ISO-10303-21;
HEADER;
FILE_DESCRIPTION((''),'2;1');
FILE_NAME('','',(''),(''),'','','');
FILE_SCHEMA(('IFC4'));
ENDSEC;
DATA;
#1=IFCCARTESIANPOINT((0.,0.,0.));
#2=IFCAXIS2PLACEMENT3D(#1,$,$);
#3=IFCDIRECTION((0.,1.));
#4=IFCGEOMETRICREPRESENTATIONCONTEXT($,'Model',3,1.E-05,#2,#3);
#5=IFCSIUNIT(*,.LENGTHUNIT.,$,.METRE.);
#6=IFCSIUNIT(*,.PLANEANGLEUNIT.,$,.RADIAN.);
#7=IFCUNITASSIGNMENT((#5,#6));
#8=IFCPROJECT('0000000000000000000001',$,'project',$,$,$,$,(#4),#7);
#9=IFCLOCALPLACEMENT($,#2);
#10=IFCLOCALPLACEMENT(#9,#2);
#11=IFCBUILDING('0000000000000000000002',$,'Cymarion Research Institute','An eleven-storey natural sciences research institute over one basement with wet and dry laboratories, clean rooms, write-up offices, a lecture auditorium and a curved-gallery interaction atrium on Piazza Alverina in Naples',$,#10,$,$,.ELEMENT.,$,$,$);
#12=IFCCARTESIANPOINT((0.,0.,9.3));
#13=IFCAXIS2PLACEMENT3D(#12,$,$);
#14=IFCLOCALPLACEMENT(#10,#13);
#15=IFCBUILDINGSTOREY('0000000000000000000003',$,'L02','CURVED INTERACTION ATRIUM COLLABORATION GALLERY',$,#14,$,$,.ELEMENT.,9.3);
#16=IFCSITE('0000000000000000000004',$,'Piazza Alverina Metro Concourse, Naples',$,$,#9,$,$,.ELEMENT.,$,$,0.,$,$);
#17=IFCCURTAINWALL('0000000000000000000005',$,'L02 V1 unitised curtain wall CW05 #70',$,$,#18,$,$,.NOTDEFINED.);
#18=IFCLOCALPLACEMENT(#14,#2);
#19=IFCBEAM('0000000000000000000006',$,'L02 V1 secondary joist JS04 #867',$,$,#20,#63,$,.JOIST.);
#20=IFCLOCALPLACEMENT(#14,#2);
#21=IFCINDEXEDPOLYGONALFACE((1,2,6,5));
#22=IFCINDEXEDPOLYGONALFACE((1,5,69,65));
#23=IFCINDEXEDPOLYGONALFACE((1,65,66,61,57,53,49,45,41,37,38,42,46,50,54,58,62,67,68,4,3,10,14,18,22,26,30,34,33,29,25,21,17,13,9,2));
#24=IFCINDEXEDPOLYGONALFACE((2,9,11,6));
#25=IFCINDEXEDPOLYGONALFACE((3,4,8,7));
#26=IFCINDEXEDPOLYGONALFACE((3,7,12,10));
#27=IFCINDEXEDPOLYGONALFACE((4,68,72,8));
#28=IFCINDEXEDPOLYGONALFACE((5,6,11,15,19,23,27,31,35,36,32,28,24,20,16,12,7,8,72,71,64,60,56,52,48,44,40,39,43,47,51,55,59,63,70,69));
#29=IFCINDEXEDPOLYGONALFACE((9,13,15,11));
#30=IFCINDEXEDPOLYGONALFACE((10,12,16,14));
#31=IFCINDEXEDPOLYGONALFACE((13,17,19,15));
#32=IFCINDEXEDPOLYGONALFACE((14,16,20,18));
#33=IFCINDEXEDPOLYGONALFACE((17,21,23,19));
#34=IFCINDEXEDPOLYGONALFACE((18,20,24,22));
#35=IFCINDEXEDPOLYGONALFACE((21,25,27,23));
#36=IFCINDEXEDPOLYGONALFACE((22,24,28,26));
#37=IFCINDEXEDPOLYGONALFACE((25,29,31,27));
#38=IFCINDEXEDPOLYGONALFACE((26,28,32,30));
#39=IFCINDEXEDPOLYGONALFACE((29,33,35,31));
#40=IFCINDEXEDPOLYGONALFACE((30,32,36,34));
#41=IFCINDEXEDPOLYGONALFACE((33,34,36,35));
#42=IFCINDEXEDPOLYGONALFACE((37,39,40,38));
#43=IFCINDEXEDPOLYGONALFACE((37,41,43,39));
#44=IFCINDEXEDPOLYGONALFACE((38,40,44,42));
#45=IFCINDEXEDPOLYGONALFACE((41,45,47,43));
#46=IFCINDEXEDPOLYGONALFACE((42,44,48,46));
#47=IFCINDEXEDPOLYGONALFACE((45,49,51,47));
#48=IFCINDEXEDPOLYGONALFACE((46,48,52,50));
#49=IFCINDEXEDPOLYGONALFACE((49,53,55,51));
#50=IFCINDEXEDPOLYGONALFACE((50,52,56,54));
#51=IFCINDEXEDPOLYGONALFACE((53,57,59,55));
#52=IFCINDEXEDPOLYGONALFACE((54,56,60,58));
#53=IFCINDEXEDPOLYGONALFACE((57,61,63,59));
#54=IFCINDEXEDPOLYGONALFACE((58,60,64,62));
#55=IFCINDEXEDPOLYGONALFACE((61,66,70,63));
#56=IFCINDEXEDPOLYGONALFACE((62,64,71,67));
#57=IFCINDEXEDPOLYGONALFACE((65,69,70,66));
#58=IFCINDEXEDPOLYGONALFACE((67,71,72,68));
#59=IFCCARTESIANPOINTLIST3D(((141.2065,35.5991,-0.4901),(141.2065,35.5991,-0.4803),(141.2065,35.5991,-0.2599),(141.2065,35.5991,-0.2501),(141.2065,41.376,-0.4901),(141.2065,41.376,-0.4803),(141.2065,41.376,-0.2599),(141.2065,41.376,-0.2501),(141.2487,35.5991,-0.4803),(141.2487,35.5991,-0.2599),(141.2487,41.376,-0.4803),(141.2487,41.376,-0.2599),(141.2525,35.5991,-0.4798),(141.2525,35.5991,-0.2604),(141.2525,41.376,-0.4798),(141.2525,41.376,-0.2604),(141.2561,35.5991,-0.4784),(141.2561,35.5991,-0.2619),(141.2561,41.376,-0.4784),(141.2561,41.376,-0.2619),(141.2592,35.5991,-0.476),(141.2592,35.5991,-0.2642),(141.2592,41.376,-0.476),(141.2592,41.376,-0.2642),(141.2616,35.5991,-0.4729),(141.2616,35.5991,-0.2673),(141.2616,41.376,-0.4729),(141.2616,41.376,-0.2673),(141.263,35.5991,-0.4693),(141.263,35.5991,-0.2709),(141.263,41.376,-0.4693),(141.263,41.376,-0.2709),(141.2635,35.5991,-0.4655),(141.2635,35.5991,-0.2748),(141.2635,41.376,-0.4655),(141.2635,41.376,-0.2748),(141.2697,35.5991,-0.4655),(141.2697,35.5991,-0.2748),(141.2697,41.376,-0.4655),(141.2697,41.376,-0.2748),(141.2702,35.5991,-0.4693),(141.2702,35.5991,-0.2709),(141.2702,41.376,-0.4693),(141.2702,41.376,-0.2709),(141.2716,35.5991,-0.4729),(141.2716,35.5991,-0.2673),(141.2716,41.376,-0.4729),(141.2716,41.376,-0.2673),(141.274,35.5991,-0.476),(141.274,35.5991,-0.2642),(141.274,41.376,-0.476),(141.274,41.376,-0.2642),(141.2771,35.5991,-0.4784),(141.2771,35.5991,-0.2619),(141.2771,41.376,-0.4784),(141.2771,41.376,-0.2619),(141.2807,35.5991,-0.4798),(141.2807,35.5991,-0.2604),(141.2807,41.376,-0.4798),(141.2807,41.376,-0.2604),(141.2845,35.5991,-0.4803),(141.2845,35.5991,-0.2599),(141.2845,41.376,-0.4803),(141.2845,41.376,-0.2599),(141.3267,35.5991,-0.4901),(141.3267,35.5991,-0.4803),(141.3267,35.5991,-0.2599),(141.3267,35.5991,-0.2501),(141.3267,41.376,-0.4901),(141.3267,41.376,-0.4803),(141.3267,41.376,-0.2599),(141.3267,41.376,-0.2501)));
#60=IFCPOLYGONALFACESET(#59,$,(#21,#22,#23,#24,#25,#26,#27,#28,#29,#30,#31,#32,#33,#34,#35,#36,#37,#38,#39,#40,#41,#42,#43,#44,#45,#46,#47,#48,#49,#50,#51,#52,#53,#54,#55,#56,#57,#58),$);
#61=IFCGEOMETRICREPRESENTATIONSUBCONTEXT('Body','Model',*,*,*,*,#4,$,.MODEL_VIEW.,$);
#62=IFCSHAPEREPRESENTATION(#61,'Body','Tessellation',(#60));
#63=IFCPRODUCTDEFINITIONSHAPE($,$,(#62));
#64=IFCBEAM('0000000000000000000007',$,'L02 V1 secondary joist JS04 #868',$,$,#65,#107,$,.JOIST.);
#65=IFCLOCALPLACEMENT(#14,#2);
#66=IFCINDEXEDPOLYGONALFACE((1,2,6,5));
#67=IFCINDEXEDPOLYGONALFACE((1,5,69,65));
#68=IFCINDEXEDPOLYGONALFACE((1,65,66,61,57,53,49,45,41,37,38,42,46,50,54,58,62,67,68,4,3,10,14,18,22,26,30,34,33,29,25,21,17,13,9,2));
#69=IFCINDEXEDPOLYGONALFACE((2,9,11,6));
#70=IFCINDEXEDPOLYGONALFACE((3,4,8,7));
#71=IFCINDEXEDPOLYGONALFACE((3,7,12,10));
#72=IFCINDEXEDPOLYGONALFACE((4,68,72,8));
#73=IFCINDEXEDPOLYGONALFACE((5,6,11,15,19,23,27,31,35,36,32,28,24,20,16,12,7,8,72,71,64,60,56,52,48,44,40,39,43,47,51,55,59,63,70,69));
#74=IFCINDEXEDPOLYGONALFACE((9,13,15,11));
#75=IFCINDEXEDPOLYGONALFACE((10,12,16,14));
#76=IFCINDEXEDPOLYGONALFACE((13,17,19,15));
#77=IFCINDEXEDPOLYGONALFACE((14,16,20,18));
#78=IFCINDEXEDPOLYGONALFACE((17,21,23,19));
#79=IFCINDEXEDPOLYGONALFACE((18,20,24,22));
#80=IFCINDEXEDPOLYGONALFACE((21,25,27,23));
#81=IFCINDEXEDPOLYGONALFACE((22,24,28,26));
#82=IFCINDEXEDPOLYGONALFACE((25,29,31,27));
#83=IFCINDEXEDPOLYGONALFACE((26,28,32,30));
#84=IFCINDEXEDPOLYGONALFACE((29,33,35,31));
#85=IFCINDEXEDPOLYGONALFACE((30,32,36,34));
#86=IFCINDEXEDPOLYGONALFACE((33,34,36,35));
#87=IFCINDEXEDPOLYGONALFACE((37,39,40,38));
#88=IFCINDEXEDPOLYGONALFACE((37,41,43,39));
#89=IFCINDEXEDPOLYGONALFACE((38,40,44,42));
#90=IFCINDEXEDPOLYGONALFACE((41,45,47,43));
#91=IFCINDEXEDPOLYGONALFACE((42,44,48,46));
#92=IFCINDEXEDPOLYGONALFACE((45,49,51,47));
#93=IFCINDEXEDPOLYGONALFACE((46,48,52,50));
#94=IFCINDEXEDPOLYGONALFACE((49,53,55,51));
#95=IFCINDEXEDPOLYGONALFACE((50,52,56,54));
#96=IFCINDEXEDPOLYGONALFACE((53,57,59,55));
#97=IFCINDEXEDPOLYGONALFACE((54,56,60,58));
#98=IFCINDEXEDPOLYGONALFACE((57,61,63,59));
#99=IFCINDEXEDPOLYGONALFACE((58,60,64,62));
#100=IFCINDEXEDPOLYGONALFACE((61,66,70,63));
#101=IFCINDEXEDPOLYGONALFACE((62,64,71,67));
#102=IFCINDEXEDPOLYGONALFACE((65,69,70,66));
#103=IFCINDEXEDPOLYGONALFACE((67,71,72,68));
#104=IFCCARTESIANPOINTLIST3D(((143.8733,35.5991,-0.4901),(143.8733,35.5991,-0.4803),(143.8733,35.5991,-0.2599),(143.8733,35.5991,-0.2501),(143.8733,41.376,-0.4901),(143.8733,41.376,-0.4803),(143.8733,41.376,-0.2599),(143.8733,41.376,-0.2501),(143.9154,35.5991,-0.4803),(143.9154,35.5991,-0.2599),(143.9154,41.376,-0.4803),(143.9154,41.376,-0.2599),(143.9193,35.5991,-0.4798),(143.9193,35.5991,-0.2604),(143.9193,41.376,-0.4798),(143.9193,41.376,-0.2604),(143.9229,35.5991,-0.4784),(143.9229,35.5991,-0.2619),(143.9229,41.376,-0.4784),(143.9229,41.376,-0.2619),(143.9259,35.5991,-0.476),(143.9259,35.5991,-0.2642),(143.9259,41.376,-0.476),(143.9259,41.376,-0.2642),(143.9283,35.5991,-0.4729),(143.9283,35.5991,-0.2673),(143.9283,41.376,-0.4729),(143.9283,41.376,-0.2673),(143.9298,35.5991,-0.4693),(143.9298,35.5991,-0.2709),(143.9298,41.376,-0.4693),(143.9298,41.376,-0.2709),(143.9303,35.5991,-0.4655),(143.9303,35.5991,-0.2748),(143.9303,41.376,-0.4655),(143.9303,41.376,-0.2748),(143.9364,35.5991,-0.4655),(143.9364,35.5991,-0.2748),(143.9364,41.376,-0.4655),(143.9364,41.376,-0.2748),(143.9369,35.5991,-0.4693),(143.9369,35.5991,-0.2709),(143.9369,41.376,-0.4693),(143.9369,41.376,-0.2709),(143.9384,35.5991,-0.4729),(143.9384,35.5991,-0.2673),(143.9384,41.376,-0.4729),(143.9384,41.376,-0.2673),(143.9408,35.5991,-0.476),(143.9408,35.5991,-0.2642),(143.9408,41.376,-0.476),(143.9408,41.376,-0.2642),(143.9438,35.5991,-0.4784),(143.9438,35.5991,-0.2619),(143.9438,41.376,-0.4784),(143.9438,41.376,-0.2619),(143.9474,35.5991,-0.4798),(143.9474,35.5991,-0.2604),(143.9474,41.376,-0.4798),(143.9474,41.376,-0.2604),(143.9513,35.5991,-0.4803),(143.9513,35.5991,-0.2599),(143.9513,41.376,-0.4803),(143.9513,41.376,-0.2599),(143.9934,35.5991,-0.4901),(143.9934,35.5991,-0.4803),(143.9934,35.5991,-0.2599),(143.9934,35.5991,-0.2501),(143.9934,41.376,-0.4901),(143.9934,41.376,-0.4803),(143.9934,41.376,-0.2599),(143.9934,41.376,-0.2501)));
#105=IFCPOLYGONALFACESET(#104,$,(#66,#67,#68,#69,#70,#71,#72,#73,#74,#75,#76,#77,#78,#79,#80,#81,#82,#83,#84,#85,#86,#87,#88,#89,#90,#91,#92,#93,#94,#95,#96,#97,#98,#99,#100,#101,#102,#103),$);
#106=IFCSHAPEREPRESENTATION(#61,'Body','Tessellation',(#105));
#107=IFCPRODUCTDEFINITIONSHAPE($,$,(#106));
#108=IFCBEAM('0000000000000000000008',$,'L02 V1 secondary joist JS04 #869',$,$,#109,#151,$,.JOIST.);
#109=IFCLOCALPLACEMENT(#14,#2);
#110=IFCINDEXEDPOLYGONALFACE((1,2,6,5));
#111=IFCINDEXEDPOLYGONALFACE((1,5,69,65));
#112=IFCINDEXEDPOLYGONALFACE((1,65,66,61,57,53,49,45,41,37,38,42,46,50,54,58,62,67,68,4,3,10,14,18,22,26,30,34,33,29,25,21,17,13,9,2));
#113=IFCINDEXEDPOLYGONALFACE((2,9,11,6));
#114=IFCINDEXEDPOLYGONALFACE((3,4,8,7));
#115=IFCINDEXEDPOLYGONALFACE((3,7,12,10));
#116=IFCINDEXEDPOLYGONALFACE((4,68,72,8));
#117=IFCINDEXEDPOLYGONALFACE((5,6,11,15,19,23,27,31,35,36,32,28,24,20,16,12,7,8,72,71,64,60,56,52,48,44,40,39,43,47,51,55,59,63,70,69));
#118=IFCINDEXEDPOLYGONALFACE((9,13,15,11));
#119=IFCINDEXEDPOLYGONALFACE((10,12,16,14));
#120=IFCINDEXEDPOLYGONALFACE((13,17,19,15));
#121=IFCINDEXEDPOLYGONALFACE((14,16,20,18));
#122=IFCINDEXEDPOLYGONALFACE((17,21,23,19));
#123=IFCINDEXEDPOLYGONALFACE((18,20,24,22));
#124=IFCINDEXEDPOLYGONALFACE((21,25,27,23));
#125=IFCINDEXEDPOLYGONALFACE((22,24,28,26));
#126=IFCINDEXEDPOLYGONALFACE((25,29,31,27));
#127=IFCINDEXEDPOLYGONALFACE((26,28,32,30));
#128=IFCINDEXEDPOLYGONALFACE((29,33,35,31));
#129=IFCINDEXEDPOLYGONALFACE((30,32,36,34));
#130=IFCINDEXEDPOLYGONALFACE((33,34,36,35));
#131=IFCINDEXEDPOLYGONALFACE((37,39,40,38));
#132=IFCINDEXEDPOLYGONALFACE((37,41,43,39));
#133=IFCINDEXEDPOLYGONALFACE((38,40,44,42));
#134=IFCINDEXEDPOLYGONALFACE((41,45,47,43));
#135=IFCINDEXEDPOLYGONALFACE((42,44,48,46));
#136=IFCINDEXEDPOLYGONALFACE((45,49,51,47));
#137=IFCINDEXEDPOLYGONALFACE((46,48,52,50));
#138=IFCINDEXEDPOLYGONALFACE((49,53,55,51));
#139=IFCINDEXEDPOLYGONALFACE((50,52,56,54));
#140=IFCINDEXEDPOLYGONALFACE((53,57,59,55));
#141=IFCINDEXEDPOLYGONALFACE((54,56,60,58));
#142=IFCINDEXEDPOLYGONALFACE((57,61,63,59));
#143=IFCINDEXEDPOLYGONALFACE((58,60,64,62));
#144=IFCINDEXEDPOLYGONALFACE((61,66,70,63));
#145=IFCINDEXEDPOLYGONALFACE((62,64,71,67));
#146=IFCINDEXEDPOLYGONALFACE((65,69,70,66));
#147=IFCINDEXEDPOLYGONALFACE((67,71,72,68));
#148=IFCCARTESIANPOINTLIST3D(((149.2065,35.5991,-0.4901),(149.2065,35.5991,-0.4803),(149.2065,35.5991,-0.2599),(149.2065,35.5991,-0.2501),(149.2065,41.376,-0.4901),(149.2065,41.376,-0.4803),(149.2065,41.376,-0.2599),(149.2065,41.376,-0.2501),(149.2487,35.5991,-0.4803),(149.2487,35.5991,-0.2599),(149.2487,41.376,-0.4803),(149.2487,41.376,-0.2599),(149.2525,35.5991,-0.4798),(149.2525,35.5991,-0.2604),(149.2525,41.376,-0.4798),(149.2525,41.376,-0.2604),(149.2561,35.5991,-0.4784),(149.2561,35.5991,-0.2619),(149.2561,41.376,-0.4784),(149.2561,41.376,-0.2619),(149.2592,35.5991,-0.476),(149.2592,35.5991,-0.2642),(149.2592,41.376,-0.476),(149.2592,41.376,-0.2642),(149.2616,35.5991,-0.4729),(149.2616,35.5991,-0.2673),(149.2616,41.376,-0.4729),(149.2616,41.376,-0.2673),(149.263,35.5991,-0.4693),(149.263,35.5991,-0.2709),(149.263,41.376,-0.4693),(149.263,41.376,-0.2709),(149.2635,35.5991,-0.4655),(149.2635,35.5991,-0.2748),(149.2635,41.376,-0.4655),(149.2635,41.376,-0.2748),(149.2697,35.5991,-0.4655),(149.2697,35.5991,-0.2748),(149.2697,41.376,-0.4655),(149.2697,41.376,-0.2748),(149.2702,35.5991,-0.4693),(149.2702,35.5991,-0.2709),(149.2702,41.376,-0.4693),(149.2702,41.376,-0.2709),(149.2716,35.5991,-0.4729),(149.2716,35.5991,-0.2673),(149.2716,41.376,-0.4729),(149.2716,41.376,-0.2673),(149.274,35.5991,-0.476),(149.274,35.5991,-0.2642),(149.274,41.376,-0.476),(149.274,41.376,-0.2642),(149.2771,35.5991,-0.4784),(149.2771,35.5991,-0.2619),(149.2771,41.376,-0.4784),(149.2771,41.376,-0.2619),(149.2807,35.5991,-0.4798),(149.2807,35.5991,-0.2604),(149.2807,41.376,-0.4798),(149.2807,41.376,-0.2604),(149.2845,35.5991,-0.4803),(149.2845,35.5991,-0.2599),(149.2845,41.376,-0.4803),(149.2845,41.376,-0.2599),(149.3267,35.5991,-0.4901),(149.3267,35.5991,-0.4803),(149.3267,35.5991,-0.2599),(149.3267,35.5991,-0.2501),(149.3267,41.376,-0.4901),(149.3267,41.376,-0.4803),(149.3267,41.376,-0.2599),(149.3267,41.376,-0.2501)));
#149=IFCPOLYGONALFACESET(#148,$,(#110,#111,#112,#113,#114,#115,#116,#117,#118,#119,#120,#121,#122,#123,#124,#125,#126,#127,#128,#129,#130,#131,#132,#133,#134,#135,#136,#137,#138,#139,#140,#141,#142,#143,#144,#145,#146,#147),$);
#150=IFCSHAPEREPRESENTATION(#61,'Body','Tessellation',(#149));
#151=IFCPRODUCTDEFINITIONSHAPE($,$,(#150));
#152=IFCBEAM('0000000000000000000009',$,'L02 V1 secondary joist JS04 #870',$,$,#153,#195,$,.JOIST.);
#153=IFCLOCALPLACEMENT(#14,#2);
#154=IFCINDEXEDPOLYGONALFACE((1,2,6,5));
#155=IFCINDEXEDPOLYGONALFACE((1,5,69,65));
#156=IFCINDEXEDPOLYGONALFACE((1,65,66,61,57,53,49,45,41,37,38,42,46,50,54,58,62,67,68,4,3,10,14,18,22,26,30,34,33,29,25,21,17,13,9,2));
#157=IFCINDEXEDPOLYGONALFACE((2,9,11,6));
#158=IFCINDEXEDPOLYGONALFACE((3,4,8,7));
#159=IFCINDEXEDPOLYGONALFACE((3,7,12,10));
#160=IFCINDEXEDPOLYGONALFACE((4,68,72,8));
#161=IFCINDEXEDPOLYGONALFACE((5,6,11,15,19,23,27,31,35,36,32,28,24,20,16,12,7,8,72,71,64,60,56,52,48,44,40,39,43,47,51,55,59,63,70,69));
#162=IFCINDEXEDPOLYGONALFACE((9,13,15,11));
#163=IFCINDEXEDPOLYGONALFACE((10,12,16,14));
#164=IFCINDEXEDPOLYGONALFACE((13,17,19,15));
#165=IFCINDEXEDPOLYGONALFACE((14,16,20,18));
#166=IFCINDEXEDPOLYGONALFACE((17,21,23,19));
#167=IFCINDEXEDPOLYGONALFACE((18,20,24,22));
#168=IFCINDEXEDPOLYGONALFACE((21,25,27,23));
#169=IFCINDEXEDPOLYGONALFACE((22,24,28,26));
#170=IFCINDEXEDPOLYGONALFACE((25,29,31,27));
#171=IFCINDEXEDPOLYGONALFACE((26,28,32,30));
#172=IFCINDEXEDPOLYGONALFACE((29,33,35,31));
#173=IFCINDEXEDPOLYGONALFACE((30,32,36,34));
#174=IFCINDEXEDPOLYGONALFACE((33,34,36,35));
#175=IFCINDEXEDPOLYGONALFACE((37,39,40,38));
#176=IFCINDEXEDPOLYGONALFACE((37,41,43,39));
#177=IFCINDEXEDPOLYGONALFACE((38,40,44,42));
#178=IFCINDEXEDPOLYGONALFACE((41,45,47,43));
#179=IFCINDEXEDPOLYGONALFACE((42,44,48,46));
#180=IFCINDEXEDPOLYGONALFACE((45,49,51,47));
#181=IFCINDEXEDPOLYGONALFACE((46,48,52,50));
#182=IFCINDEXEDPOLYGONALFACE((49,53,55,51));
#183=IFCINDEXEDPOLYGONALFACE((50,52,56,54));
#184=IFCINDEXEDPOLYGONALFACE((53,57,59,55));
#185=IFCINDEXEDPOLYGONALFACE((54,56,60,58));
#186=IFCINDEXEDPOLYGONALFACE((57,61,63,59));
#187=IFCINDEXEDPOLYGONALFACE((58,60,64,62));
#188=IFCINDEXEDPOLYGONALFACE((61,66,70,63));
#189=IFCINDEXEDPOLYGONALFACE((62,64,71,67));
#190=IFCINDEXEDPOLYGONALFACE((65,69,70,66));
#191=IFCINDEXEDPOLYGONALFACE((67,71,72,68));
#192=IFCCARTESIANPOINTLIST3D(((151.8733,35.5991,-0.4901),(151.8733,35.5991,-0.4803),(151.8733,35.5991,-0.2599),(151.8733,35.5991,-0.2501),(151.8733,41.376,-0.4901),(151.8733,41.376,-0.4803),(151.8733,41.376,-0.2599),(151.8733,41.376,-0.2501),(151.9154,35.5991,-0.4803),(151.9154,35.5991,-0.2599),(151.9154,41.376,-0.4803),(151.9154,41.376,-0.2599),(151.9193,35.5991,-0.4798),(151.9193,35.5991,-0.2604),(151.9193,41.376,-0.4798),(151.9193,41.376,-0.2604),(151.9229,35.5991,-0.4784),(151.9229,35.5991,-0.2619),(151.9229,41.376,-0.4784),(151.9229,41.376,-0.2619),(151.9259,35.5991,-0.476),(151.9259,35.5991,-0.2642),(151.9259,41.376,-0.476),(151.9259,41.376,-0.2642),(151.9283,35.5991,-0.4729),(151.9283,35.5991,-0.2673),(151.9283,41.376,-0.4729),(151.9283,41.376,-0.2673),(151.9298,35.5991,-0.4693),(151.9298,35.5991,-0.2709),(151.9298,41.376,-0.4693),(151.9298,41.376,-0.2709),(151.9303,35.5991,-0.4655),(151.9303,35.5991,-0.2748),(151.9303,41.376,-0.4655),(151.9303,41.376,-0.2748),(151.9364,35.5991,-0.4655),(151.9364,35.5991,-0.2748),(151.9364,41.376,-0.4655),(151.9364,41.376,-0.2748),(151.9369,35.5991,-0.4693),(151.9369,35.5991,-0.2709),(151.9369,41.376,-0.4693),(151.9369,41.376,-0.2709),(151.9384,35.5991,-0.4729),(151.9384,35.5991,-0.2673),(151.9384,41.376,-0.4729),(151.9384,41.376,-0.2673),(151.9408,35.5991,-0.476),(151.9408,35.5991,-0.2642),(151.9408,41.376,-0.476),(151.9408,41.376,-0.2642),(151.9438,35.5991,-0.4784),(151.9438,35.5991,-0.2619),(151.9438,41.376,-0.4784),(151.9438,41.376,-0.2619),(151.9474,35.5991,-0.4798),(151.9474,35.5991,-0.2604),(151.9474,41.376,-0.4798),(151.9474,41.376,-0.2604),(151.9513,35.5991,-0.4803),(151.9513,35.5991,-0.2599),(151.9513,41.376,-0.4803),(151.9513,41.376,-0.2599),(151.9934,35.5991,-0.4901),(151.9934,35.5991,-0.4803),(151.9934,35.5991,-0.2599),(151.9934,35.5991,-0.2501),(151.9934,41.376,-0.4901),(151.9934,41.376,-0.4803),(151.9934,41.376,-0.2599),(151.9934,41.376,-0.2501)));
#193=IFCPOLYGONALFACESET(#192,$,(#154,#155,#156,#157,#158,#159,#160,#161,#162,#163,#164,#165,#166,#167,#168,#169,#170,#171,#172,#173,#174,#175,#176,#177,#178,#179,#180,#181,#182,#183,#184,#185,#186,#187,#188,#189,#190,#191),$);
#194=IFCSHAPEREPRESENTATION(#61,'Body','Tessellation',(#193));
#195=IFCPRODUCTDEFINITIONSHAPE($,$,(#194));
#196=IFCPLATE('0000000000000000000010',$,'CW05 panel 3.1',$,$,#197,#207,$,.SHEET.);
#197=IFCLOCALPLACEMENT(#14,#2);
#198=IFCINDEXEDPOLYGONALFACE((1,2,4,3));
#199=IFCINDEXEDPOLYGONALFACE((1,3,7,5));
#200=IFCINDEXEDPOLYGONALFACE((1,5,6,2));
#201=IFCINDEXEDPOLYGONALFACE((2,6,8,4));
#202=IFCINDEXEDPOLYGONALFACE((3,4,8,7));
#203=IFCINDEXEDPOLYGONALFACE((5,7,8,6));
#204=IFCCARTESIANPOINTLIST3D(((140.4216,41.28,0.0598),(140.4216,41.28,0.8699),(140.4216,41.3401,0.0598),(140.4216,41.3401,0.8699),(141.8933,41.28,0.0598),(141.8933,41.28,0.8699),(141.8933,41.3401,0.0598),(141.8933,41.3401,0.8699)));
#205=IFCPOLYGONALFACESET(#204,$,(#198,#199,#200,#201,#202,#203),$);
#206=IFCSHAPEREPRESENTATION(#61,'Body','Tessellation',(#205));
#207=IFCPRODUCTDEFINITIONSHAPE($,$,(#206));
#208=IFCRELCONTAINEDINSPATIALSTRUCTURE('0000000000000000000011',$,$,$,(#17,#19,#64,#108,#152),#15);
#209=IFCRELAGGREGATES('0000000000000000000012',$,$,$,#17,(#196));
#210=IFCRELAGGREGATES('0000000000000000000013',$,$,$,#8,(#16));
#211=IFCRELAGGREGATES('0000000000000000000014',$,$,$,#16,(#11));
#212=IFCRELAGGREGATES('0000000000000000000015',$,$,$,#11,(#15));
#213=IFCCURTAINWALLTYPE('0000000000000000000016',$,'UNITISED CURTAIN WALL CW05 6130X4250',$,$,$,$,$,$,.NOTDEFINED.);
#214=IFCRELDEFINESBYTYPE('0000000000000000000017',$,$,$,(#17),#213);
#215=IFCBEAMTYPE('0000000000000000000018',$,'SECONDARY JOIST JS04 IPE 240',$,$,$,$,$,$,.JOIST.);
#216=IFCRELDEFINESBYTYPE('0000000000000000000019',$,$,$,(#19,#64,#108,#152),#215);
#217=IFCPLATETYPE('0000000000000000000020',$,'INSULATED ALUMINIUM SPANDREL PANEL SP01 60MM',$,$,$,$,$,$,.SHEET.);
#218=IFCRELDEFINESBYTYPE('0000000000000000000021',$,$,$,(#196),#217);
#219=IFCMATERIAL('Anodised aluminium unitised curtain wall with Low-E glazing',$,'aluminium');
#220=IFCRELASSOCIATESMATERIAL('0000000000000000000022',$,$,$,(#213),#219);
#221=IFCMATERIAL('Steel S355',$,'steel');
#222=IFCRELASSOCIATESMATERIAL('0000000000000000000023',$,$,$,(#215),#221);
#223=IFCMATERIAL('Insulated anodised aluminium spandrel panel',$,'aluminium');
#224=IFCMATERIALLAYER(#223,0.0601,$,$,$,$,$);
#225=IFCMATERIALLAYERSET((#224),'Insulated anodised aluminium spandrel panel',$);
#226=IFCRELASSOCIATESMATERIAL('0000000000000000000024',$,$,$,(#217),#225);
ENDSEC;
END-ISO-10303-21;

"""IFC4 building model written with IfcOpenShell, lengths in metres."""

from ifc_helpers import new_model, si_unit, direction, frame, origin, origin_2d, place, context, subcontext, project, spatial, rectangle, i_section, extrude, material, layer, layer_set, material_profile, profile_set, type_object, element, aggregate, save


model = new_model("IFC4")

# Units and contexts
model_context = context("Model", 3, precision=1e-05, world=origin(), true_north=direction((0.0, 1.0)))
body_context = subcontext(model_context, "Body", "Model", "MODEL_VIEW")
ifc_project = project(units=[si_unit("LENGTHUNIT", "METRE"), si_unit("PLANEANGLEUNIT", "RADIAN")], contexts=[model_context])

# Site, building, storey
site_placement = place(None, origin())
site = spatial("IfcSite", under=ifc_project, at=site_placement, Name="Piazza Alverina Metro Concourse, Naples", CompositionType="ELEMENT", RefElevation=0.0)
building_placement = place(site_placement, origin())
building = spatial("IfcBuilding", under=site, at=building_placement, Name="Cymarion Research Institute", Description="An eleven-storey natural sciences research institute over one basement with wet and dry laboratories, clean rooms, write-up offices, a lecture auditorium and a curved-gallery interaction atrium on Piazza Alverina in Naples", CompositionType="ELEMENT")
storey_placement = place(building_placement, frame((0.0, 0.0, 9.3)))
storey = spatial("IfcBuildingStorey", under=building, at=storey_placement, Name="L02", Description="CURVED INTERACTION ATRIUM COLLABORATION GALLERY", CompositionType="ELEMENT", Elevation=9.3)

# Shared definitions
ifc_material_1 = material(Name="Steel S355", Category="steel")

# Curtain wall
ifc_material_2 = material(Name="Anodised aluminium unitised curtain wall with Low-E glazing", Category="aluminium")
curtain_wall_type_1 = type_object("IfcCurtainWallType", Name="UNITISED CURTAIN WALL CW05 6130X4250", PredefinedType="NOTDEFINED", material=ifc_material_2)
curtain_wall_1_placement = place(storey_placement, origin())
curtain_wall_1 = element("IfcCurtainWall", 1, at=curtain_wall_1_placement, inside=storey, type_object=curtain_wall_type_1, Name="L02 V1 unitised curtain wall CW05 #70", PredefinedType="NOTDEFINED")

# Beams
ifc_material_profile_1 = material_profile(ifc_material_1, i_section(OverallWidth=0.1201, OverallDepth=0.24, WebThickness=0.0061, FlangeThickness=0.0098, FilletRadius=0.0149, at=origin_2d()), Name="IPE 240")
ifc_profile_set_1 = profile_set([ifc_material_profile_1], Name="Steel S355")
beam_type_1 = type_object("IfcBeamType", Name="SECONDARY JOIST JS04 IPE 240", PredefinedType="JOIST", material=ifc_profile_set_1)
for number, where, z_axis, x_axis, name in (
    (2, (141.2666, 35.5991, -0.3701), (0.0, 1.0, 0.0), (-1.0, 0.0, 0.0), "L02 V1 secondary joist JS04 #867"),
    (3, (143.9333, 35.5991, -0.3701), (0.0, 1.0, 0.0), (-1.0, 0.0, 0.0), "L02 V1 secondary joist JS04 #868"),
    (4, (149.2666, 35.5991, -0.3701), (0.0, 1.0, 0.0), (-1.0, 0.0, 0.0), "L02 V1 secondary joist JS04 #869"),
    (5, (151.9333, 35.5991, -0.3701), (0.0, 1.0, 0.0), (-1.0, 0.0, 0.0), "L02 V1 secondary joist JS04 #870"),
):
    element("IfcBeam", number, at=place(storey_placement, frame(where, z_axis=z_axis, x_axis=x_axis)), inside=storey, type_object=beam_type_1, Name=name, PredefinedType="JOIST", context=body_context, shape_type="SweptSolid", body=[
        extrude(i_section(OverallWidth=0.1201, OverallDepth=0.24, WebThickness=0.0061, FlangeThickness=0.0098, FilletRadius=0.0149, at=origin_2d()), origin(), (0.0, 0.0, 1.0), 5.7769),
    ])

# Plate
ifc_material_3 = material(Name="Insulated anodised aluminium spandrel panel", Category="aluminium")
ifc_layer_1 = layer(ifc_material_3, 0.0601)
ifc_layer_set_1 = layer_set([ifc_layer_1], Name="Insulated anodised aluminium spandrel panel")
plate_type_1 = type_object("IfcPlateType", Name="INSULATED ALUMINIUM SPANDREL PANEL SP01 60MM", PredefinedType="SHEET", material=ifc_layer_set_1)
plate_1_placement = place(storey_placement, frame((141.1575, 41.3101, 0.0598), z_axis=(0.0, 0.0, 1.0), x_axis=(-1.0, 0.0, 0.0)))
plate_1 = element("IfcPlate", 6, at=plate_1_placement, type_object=plate_type_1, Name="CW05 panel 3.1", PredefinedType="SHEET", context=body_context, shape_type="SweptSolid", body=[
    extrude(rectangle(XDim=1.4717, YDim=0.0601, at=origin_2d()), origin(), (0.0, 0.0, 1.0), 0.8101),
])
aggregate(curtain_wall_1, [plate_1])

save(model, "model.ifc")
